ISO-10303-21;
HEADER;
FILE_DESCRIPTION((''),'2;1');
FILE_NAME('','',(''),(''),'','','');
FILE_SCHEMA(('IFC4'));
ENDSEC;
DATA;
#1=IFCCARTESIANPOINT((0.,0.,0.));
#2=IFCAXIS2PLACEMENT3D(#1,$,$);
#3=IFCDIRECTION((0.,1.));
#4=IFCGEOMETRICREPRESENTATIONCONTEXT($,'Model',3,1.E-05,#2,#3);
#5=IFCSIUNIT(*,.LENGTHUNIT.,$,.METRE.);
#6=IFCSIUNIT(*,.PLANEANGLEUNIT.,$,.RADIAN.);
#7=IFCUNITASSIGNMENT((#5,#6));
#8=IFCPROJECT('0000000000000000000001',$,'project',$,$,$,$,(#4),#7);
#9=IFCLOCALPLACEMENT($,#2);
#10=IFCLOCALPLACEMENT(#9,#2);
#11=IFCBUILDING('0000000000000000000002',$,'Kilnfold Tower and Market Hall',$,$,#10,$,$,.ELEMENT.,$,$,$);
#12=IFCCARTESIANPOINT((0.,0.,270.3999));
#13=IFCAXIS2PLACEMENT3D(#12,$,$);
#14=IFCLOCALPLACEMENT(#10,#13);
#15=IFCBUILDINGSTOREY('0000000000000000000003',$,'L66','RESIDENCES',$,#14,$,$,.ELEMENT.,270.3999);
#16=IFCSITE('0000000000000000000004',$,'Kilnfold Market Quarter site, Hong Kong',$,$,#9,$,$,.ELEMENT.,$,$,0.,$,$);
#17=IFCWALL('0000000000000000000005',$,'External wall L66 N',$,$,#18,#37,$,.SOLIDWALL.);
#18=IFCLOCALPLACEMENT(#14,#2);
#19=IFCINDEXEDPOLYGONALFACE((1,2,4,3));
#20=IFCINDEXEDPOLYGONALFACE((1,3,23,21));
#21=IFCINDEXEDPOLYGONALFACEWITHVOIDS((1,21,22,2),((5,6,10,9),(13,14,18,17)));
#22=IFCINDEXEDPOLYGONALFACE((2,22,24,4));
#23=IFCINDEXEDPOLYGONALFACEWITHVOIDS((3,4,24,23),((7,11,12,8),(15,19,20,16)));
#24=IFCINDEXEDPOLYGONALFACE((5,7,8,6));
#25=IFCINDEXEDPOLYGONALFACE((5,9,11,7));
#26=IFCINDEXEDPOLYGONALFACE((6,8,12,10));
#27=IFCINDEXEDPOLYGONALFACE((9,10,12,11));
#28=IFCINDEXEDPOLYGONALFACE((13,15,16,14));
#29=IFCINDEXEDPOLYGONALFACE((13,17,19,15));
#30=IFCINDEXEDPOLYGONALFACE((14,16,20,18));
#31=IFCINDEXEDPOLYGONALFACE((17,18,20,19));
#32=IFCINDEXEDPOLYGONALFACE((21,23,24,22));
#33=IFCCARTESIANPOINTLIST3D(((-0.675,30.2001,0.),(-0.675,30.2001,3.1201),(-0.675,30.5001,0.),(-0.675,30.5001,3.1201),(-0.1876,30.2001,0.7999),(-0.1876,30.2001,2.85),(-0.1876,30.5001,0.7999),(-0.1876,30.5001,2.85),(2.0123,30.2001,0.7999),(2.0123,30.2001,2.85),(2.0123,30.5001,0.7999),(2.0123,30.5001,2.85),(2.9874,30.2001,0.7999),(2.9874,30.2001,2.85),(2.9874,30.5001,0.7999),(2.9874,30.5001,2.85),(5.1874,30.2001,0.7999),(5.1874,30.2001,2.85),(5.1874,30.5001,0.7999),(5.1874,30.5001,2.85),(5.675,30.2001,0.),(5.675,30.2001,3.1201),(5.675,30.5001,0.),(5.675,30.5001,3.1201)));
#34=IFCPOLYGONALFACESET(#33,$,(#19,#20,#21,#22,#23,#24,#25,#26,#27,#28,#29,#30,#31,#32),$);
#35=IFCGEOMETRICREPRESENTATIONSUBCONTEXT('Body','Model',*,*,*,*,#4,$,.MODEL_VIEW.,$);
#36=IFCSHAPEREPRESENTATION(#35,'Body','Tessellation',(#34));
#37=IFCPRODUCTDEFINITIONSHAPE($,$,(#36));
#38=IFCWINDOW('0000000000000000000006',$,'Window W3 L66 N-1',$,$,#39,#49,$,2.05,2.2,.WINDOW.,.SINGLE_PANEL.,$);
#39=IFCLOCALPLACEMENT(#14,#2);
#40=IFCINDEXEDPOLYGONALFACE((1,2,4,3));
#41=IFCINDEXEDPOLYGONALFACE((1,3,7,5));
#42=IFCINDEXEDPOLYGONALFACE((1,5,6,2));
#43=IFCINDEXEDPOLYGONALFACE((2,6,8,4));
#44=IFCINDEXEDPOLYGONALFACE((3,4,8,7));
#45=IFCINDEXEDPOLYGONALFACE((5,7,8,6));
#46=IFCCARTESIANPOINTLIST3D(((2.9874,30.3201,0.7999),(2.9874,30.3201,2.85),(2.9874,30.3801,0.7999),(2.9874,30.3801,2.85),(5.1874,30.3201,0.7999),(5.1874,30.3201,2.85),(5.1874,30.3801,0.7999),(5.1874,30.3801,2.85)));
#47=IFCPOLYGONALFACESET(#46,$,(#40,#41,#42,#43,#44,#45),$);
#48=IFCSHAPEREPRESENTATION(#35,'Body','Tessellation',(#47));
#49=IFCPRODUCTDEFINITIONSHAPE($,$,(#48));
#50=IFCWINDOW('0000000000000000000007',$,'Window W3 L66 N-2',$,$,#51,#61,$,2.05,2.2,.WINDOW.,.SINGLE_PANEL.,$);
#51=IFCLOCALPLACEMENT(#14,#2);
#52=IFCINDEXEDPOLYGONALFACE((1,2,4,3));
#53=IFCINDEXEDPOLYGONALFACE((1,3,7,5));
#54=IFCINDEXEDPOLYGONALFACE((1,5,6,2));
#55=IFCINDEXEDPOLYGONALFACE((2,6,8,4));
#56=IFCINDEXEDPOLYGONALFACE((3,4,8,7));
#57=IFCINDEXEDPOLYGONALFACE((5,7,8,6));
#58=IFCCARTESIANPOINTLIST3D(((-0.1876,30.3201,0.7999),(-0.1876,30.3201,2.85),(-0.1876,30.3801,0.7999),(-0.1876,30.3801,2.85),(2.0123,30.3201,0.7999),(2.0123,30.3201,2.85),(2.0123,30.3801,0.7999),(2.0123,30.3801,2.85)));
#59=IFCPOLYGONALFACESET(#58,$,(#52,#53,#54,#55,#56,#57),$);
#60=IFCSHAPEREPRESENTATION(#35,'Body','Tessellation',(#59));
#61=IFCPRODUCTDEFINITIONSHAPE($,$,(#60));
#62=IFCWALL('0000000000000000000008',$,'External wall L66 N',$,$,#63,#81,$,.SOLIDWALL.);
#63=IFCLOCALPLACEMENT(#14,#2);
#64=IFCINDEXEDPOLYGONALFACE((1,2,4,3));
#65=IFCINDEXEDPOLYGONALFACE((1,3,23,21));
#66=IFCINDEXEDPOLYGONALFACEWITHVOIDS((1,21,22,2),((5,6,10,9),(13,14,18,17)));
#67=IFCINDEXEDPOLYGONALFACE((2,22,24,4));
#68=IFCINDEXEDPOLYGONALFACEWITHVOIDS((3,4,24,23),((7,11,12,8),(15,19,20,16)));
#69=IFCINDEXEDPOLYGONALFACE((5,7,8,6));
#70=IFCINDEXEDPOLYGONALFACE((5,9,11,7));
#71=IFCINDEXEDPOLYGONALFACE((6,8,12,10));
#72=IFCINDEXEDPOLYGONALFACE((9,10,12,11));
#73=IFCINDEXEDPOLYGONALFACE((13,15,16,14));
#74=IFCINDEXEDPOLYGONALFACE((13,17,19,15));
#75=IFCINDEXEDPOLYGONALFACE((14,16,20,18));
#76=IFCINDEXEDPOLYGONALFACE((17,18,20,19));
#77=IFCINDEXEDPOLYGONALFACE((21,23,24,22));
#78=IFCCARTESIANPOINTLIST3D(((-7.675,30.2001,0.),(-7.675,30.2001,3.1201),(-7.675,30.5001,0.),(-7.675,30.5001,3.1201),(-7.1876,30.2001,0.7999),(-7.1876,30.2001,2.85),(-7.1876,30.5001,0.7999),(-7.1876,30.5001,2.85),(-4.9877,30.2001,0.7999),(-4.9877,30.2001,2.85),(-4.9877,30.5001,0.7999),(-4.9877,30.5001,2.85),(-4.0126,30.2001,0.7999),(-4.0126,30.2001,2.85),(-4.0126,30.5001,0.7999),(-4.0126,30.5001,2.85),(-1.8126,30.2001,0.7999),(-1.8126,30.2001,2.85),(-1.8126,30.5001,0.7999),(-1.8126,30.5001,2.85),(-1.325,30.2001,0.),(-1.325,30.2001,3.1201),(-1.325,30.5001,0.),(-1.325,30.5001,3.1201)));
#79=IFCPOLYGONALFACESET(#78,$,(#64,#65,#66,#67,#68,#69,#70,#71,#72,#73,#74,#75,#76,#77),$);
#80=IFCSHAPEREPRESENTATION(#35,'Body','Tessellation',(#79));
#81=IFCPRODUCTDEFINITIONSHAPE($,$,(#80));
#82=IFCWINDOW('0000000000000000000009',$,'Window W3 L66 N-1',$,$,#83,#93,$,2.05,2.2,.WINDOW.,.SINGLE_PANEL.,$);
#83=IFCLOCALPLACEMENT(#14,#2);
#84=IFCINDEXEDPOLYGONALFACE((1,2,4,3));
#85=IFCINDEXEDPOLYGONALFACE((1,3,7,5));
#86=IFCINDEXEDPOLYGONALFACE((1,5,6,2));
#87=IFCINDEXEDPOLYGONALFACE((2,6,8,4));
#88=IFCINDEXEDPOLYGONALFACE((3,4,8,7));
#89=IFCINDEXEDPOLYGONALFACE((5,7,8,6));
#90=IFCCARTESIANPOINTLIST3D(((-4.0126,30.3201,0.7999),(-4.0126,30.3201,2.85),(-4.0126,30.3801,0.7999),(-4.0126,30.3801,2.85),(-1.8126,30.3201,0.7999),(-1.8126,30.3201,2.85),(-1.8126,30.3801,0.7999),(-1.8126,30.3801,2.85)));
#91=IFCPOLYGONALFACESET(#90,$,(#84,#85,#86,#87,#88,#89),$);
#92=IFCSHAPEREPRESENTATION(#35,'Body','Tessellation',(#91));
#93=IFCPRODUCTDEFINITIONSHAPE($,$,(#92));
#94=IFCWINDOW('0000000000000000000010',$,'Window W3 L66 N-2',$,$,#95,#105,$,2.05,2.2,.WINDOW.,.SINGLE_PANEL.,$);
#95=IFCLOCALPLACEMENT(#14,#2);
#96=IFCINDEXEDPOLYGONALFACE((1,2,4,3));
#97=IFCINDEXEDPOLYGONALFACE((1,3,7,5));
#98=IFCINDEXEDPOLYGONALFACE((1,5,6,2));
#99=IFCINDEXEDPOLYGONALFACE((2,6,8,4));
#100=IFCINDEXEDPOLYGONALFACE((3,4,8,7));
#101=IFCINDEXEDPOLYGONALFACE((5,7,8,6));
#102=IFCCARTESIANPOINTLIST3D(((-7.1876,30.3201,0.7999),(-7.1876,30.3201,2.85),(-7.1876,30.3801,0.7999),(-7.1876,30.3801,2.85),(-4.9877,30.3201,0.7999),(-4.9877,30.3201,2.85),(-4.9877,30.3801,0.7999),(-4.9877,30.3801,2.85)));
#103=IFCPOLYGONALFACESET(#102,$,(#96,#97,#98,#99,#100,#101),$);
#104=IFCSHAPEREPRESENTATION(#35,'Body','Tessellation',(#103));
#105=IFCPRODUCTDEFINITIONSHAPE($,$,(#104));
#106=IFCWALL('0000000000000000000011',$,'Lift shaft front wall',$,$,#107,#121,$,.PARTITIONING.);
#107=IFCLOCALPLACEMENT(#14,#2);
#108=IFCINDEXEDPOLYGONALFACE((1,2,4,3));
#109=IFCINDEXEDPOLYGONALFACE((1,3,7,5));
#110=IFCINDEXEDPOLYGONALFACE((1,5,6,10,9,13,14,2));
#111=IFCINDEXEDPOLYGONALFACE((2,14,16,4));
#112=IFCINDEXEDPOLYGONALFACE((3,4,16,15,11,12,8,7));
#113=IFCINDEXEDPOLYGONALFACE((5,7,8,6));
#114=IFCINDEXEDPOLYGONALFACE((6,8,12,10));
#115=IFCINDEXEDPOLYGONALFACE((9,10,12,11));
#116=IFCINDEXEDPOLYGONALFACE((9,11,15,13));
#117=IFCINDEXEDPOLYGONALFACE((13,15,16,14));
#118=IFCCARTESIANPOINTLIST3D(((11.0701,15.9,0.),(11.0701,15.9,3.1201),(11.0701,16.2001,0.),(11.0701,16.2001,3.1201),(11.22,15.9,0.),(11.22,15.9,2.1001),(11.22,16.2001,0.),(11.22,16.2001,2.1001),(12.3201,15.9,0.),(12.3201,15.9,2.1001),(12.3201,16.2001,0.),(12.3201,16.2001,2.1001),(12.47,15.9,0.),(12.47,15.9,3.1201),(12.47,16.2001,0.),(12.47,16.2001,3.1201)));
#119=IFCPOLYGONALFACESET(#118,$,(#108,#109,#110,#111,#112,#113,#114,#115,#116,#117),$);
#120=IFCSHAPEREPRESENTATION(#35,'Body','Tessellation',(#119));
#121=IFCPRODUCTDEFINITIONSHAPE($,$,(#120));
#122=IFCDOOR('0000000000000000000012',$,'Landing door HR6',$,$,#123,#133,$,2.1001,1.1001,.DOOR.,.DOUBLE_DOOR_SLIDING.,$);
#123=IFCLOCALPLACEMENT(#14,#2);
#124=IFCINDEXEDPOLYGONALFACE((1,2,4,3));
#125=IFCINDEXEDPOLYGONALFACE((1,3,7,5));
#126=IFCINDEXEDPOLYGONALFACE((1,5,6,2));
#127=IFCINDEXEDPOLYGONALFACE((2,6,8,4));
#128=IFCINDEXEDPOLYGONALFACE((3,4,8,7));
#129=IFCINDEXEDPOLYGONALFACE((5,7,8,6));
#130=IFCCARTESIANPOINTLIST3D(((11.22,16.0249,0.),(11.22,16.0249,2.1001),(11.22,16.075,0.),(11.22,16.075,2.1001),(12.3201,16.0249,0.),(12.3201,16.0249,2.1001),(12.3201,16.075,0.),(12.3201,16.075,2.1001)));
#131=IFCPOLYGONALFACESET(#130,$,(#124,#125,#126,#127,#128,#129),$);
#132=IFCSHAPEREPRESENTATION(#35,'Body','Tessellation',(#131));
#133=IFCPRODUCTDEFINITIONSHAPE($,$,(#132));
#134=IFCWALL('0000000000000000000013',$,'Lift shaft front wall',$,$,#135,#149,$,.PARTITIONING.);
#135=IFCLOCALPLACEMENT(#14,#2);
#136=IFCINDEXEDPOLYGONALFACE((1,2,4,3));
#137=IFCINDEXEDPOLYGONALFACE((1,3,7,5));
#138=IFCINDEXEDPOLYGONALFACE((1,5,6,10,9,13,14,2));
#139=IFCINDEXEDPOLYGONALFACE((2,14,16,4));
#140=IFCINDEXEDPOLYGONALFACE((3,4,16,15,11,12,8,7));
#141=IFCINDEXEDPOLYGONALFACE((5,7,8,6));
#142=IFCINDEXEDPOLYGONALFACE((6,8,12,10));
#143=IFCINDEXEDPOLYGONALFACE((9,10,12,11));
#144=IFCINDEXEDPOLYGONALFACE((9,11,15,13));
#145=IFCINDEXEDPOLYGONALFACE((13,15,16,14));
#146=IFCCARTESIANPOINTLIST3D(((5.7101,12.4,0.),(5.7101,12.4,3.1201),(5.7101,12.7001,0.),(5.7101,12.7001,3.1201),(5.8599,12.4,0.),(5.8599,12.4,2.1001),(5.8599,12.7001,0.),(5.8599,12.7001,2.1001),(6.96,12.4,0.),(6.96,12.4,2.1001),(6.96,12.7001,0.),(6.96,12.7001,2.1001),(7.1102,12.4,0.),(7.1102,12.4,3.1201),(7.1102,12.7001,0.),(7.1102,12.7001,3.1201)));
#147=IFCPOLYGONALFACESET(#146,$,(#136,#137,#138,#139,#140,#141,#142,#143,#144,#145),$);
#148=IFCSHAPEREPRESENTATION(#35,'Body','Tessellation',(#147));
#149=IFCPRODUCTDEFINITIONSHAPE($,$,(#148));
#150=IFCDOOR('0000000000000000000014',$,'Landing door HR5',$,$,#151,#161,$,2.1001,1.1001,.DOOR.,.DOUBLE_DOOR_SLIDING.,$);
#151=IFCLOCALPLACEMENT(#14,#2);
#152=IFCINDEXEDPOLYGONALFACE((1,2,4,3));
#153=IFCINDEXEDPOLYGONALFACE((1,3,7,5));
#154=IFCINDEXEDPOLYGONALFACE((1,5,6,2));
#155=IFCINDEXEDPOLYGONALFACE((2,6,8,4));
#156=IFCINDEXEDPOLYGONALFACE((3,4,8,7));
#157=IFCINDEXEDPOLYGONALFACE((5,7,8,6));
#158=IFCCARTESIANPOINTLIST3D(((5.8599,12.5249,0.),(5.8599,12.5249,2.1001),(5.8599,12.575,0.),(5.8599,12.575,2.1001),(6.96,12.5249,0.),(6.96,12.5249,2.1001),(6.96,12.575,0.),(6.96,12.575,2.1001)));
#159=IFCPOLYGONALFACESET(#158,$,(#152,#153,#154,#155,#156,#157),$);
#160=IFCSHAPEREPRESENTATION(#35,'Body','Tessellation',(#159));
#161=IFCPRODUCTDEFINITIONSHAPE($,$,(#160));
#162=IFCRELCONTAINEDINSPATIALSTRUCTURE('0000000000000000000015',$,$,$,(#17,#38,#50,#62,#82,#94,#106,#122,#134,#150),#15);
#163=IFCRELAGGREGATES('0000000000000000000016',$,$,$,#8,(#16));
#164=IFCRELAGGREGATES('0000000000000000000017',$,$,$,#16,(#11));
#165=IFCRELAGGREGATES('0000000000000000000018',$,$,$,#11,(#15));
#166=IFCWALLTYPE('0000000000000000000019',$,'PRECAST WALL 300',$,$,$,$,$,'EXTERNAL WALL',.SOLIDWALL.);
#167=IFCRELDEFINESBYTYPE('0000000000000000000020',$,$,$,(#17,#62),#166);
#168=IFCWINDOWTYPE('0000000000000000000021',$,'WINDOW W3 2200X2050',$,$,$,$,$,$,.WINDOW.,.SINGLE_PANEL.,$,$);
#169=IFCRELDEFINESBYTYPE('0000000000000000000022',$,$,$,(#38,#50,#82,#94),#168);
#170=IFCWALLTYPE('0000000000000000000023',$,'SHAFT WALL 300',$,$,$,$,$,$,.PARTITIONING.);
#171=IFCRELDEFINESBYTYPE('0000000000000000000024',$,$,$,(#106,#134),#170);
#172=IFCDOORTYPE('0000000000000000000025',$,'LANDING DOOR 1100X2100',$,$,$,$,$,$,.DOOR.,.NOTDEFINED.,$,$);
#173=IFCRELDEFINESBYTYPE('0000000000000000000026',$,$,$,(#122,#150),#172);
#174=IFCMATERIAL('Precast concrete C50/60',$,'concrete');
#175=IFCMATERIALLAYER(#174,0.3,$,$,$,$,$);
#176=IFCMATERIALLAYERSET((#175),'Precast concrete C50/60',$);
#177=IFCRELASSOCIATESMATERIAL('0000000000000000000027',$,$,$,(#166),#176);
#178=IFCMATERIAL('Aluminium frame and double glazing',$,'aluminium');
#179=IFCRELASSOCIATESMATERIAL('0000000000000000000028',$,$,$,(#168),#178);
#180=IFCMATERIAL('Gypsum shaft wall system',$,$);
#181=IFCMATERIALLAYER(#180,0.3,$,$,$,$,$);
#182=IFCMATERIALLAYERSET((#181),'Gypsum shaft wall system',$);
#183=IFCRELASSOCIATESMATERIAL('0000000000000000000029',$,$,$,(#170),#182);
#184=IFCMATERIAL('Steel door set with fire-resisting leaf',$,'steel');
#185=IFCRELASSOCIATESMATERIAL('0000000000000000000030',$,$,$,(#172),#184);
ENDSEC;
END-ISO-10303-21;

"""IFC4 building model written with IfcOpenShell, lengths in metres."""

from ifc_helpers import new_model, si_unit, direction, frame, frame_2d, origin, place, context, subcontext, project, spatial, rectangle, extrude, source, transform, mapped, material, layer, layer_set, type_object, element, fill, save


model = new_model("IFC4")

# Units and contexts
model_context = context("Model", 3, precision=1e-05, world=origin(), true_north=direction((0.0, 1.0)))
body_context = subcontext(model_context, "Body", "Model", "MODEL_VIEW")
ifc_project = project(units=[si_unit("LENGTHUNIT", "METRE"), si_unit("PLANEANGLEUNIT", "RADIAN")], contexts=[model_context])

# Site, building, storey
site_placement = place(None, origin())
site = spatial("IfcSite", under=ifc_project, at=site_placement, Name="Kilnfold Market Quarter site, Hong Kong", CompositionType="ELEMENT", RefElevation=0.0)
building_placement = place(site_placement, origin())
building = spatial("IfcBuilding", under=site, at=building_placement, Name="Kilnfold Tower and Market Hall", CompositionType="ELEMENT")
storey_placement = place(building_placement, frame((0.0, 0.0, 270.3999)))
storey = spatial("IfcBuildingStorey", under=building, at=storey_placement, Name="L66", Description="RESIDENCES", CompositionType="ELEMENT", Elevation=270.3999)

# Walls, openings, windows
ifc_material_1 = material(Name="Precast concrete C50/60", Category="concrete")
ifc_layer_1 = layer(ifc_material_1, 0.3)
ifc_layer_set_1 = layer_set([ifc_layer_1], Name="Precast concrete C50/60")
wall_type_1 = type_object("IfcWallType", Name="PRECAST WALL 300", ElementType="EXTERNAL WALL", PredefinedType="SOLIDWALL", material=ifc_layer_set_1)
shared_shape_1 = source(origin(), body_context, "Body", "SweptSolid", [
    extrude(rectangle(XDim=6.3501, YDim=0.3, at=frame_2d((3.175, 0.0))), origin(), (0.0, 0.0, 1.0), 3.1201),
])
ifc_material_2 = material(Name="Aluminium frame and double glazing", Category="aluminium")
window_type = type_object("IfcWindowType", Name="WINDOW W3 2200X2050", PartitioningType="SINGLE_PANEL", PredefinedType="WINDOW", material=ifc_material_2)
wall_1_placement = place(storey_placement, frame((5.675, 30.3501, 0.0), z_axis=(0.0, 0.0, 1.0), x_axis=(-1.0, 0.0, 0.0)))
wall_1 = element("IfcWall", 1, at=wall_1_placement, inside=storey, type_object=wall_type_1, Name="External wall L66 N", PredefinedType="SOLIDWALL", context=body_context, shape_type="MappedRepresentation", body=[
    mapped(shared_shape_1, transform((0.0, 0.0, 0.0))),
])
opening_1_placement = place(wall_1_placement, frame((0.4875, 0.0, 0.8)))
opening_1 = element("IfcOpeningElement", 2, at=opening_1_placement, cuts=wall_1, PredefinedType="OPENING", context=body_context, shape_type="SweptSolid", body=[
    extrude(rectangle(XDim=2.2, YDim=2.05, at=frame_2d((1.1001, 1.0249))), frame((0.0, 0.1602, 0.0), z_axis=(0.0, -1.0, 0.0), x_axis=(1.0, 0.0, 0.0)), (0.0, 0.0, 1.0), 0.3201),
])
opening_2_placement = place(wall_1_placement, frame((3.6626, 0.0, 0.8)))
opening_2 = element("IfcOpeningElement", 3, at=opening_2_placement, cuts=wall_1, PredefinedType="OPENING", context=body_context, shape_type="SweptSolid", body=[
    extrude(rectangle(XDim=2.2, YDim=2.05, at=frame_2d((1.1001, 1.0249))), frame((0.0, 0.1602, 0.0), z_axis=(0.0, -1.0, 0.0), x_axis=(1.0, 0.0, 0.0)), (0.0, 0.0, 1.0), 0.3201),
])
window_1_placement = place(opening_1_placement, origin())
window_1 = element("IfcWindow", 4, at=window_1_placement, inside=storey, type_object=window_type, Name="Window W3 L66 N-1", OverallHeight=2.05, OverallWidth=2.2, PartitioningType="SINGLE_PANEL", PredefinedType="WINDOW", context=body_context, shape_type="SweptSolid", body=[
    extrude(rectangle(XDim=2.2, YDim=2.05, at=frame_2d((1.1001, 1.0249))), frame((0.0, 0.03, 0.0), z_axis=(0.0, -1.0, 0.0), x_axis=(1.0, 0.0, 0.0)), (0.0, 0.0, 1.0), 0.0601),
])
fill(opening_1, window_1)
window_2_placement = place(opening_2_placement, origin())
window_2 = element("IfcWindow", 5, at=window_2_placement, inside=storey, type_object=window_type, Name="Window W3 L66 N-2", OverallHeight=2.05, OverallWidth=2.2, PartitioningType="SINGLE_PANEL", PredefinedType="WINDOW", context=body_context, shape_type="SweptSolid", body=[
    extrude(rectangle(XDim=2.2, YDim=2.05, at=frame_2d((1.1001, 1.0249))), frame((0.0, 0.03, 0.0), z_axis=(0.0, -1.0, 0.0), x_axis=(1.0, 0.0, 0.0)), (0.0, 0.0, 1.0), 0.0601),
])
fill(opening_2, window_2)
wall_2_placement = place(storey_placement, frame((-1.325, 30.3501, 0.0), z_axis=(0.0, 0.0, 1.0), x_axis=(-1.0, 0.0, 0.0)))
wall_2 = element("IfcWall", 6, at=wall_2_placement, inside=storey, type_object=wall_type_1, Name="External wall L66 N", PredefinedType="SOLIDWALL", context=body_context, shape_type="MappedRepresentation", body=[
    mapped(shared_shape_1, transform((0.0, 0.0, 0.0))),
])
opening_3_placement = place(wall_2_placement, frame((0.4875, 0.0, 0.8)))
opening_3 = element("IfcOpeningElement", 7, at=opening_3_placement, cuts=wall_2, PredefinedType="OPENING", context=body_context, shape_type="SweptSolid", body=[
    extrude(rectangle(XDim=2.2, YDim=2.05, at=frame_2d((1.1001, 1.0249))), frame((0.0, 0.1602, 0.0), z_axis=(0.0, -1.0, 0.0), x_axis=(1.0, 0.0, 0.0)), (0.0, 0.0, 1.0), 0.3201),
])
opening_4_placement = place(wall_2_placement, frame((3.6626, 0.0, 0.8)))
opening_4 = element("IfcOpeningElement", 8, at=opening_4_placement, cuts=wall_2, PredefinedType="OPENING", context=body_context, shape_type="SweptSolid", body=[
    extrude(rectangle(XDim=2.2, YDim=2.05, at=frame_2d((1.1001, 1.0249))), frame((0.0, 0.1602, 0.0), z_axis=(0.0, -1.0, 0.0), x_axis=(1.0, 0.0, 0.0)), (0.0, 0.0, 1.0), 0.3201),
])
window_3_placement = place(opening_3_placement, origin())
window_3 = element("IfcWindow", 9, at=window_3_placement, inside=storey, type_object=window_type, Name="Window W3 L66 N-1", OverallHeight=2.05, OverallWidth=2.2, PartitioningType="SINGLE_PANEL", PredefinedType="WINDOW", context=body_context, shape_type="SweptSolid", body=[
    extrude(rectangle(XDim=2.2, YDim=2.05, at=frame_2d((1.1001, 1.0249))), frame((0.0, 0.03, 0.0), z_axis=(0.0, -1.0, 0.0), x_axis=(1.0, 0.0, 0.0)), (0.0, 0.0, 1.0), 0.0601),
])
fill(opening_3, window_3)
window_4_placement = place(opening_4_placement, origin())
window_4 = element("IfcWindow", 10, at=window_4_placement, inside=storey, type_object=window_type, Name="Window W3 L66 N-2", OverallHeight=2.05, OverallWidth=2.2, PartitioningType="SINGLE_PANEL", PredefinedType="WINDOW", context=body_context, shape_type="SweptSolid", body=[
    extrude(rectangle(XDim=2.2, YDim=2.05, at=frame_2d((1.1001, 1.0249))), frame((0.0, 0.03, 0.0), z_axis=(0.0, -1.0, 0.0), x_axis=(1.0, 0.0, 0.0)), (0.0, 0.0, 1.0), 0.0601),
])
fill(opening_4, window_4)

# Walls, openings, doors
ifc_material_3 = material(Name="Gypsum shaft wall system")
ifc_layer_2 = layer(ifc_material_3, 0.3)
ifc_layer_set_2 = layer_set([ifc_layer_2], Name="Gypsum shaft wall system")
wall_type_2 = type_object("IfcWallType", Name="SHAFT WALL 300", PredefinedType="PARTITIONING", material=ifc_layer_set_2)
shared_shape_2 = source(origin(), body_context, "Body", "SweptSolid", [
    extrude(rectangle(XDim=1.3999, YDim=0.3, at=frame_2d((0.7, 0.0))), origin(), (0.0, 0.0, 1.0), 3.1201),
])
wall_3_placement = place(storey_placement, frame((11.0701, 16.05, 0.0), z_axis=(0.0, 0.0, 1.0), x_axis=(1.0, 0.0, 0.0)))
wall_3 = element("IfcWall", 11, at=wall_3_placement, inside=storey, type_object=wall_type_2, Name="Lift shaft front wall", PredefinedType="PARTITIONING", context=body_context, shape_type="MappedRepresentation", body=[
    mapped(shared_shape_2, transform((0.0, 0.0, 0.0))),
])
opening_5_placement = place(wall_3_placement, frame((0.1499, 0.0, 0.0)))
opening_5 = element("IfcOpeningElement", 12, at=opening_5_placement, cuts=wall_3, PredefinedType="OPENING", context=body_context, shape_type="SweptSolid", body=[
    extrude(rectangle(XDim=1.1001, YDim=2.1001, at=frame_2d((0.55, 1.05))), frame((0.0, 0.1602, 0.0), z_axis=(0.0, -1.0, 0.0), x_axis=(1.0, 0.0, 0.0)), (0.0, 0.0, 1.0), 0.3201),
])
ifc_material_4 = material(Name="Steel door set with fire-resisting leaf", Category="steel")
door_type_1 = type_object("IfcDoorType", Name="LANDING DOOR 1100X2100", OperationType="NOTDEFINED", PredefinedType="DOOR", material=ifc_material_4)
door_1_placement = place(opening_5_placement, origin())
door_1 = element("IfcDoor", 13, at=door_1_placement, inside=storey, type_object=door_type_1, Name="Landing door HR6", OperationType="DOUBLE_DOOR_SLIDING", OverallHeight=2.1001, OverallWidth=1.1001, PredefinedType="DOOR", context=body_context, shape_type="SweptSolid", body=[
    extrude(rectangle(XDim=1.1001, YDim=2.1001, at=frame_2d((0.55, 1.05))), frame((0.0, 0.0249, 0.0), z_axis=(0.0, -1.0, 0.0), x_axis=(1.0, 0.0, 0.0)), (0.0, 0.0, 1.0), 0.05),
])
fill(opening_5, door_1)
shared_shape_3 = source(origin(), body_context, "Body", "SweptSolid", [
    extrude(rectangle(XDim=1.4001, YDim=0.3, at=frame_2d((0.7002, 0.0))), origin(), (0.0, 0.0, 1.0), 3.1201),
])
wall_4_placement = place(storey_placement, frame((5.71, 12.55, 0.0), z_axis=(0.0, 0.0, 1.0), x_axis=(1.0, 0.0, 0.0)))
wall_4 = element("IfcWall", 14, at=wall_4_placement, inside=storey, type_object=wall_type_2, Name="Lift shaft front wall", PredefinedType="PARTITIONING", context=body_context, shape_type="MappedRepresentation", body=[
    mapped(shared_shape_3, transform((0.0, 0.0, 0.0))),
])
opening_6_placement = place(wall_4_placement, frame((0.1499, 0.0, 0.0)))
opening_6 = element("IfcOpeningElement", 15, at=opening_6_placement, cuts=wall_4, PredefinedType="OPENING", context=body_context, shape_type="SweptSolid", body=[
    extrude(rectangle(XDim=1.1001, YDim=2.1001, at=frame_2d((0.55, 1.05))), frame((0.0, 0.1602, 0.0), z_axis=(0.0, -1.0, 0.0), x_axis=(1.0, 0.0, 0.0)), (0.0, 0.0, 1.0), 0.3201),
])
door_2_placement = place(opening_6_placement, origin())
door_2 = element("IfcDoor", 16, at=door_2_placement, inside=storey, type_object=door_type_1, Name="Landing door HR5", OperationType="DOUBLE_DOOR_SLIDING", OverallHeight=2.1001, OverallWidth=1.1001, PredefinedType="DOOR", context=body_context, shape_type="SweptSolid", body=[
    extrude(rectangle(XDim=1.1001, YDim=2.1001, at=frame_2d((0.55, 1.05))), frame((0.0, 0.0249, 0.0), z_axis=(0.0, -1.0, 0.0), x_axis=(1.0, 0.0, 0.0)), (0.0, 0.0, 1.0), 0.05),
])
fill(opening_6, door_2)

save(model, "model.ifc")
